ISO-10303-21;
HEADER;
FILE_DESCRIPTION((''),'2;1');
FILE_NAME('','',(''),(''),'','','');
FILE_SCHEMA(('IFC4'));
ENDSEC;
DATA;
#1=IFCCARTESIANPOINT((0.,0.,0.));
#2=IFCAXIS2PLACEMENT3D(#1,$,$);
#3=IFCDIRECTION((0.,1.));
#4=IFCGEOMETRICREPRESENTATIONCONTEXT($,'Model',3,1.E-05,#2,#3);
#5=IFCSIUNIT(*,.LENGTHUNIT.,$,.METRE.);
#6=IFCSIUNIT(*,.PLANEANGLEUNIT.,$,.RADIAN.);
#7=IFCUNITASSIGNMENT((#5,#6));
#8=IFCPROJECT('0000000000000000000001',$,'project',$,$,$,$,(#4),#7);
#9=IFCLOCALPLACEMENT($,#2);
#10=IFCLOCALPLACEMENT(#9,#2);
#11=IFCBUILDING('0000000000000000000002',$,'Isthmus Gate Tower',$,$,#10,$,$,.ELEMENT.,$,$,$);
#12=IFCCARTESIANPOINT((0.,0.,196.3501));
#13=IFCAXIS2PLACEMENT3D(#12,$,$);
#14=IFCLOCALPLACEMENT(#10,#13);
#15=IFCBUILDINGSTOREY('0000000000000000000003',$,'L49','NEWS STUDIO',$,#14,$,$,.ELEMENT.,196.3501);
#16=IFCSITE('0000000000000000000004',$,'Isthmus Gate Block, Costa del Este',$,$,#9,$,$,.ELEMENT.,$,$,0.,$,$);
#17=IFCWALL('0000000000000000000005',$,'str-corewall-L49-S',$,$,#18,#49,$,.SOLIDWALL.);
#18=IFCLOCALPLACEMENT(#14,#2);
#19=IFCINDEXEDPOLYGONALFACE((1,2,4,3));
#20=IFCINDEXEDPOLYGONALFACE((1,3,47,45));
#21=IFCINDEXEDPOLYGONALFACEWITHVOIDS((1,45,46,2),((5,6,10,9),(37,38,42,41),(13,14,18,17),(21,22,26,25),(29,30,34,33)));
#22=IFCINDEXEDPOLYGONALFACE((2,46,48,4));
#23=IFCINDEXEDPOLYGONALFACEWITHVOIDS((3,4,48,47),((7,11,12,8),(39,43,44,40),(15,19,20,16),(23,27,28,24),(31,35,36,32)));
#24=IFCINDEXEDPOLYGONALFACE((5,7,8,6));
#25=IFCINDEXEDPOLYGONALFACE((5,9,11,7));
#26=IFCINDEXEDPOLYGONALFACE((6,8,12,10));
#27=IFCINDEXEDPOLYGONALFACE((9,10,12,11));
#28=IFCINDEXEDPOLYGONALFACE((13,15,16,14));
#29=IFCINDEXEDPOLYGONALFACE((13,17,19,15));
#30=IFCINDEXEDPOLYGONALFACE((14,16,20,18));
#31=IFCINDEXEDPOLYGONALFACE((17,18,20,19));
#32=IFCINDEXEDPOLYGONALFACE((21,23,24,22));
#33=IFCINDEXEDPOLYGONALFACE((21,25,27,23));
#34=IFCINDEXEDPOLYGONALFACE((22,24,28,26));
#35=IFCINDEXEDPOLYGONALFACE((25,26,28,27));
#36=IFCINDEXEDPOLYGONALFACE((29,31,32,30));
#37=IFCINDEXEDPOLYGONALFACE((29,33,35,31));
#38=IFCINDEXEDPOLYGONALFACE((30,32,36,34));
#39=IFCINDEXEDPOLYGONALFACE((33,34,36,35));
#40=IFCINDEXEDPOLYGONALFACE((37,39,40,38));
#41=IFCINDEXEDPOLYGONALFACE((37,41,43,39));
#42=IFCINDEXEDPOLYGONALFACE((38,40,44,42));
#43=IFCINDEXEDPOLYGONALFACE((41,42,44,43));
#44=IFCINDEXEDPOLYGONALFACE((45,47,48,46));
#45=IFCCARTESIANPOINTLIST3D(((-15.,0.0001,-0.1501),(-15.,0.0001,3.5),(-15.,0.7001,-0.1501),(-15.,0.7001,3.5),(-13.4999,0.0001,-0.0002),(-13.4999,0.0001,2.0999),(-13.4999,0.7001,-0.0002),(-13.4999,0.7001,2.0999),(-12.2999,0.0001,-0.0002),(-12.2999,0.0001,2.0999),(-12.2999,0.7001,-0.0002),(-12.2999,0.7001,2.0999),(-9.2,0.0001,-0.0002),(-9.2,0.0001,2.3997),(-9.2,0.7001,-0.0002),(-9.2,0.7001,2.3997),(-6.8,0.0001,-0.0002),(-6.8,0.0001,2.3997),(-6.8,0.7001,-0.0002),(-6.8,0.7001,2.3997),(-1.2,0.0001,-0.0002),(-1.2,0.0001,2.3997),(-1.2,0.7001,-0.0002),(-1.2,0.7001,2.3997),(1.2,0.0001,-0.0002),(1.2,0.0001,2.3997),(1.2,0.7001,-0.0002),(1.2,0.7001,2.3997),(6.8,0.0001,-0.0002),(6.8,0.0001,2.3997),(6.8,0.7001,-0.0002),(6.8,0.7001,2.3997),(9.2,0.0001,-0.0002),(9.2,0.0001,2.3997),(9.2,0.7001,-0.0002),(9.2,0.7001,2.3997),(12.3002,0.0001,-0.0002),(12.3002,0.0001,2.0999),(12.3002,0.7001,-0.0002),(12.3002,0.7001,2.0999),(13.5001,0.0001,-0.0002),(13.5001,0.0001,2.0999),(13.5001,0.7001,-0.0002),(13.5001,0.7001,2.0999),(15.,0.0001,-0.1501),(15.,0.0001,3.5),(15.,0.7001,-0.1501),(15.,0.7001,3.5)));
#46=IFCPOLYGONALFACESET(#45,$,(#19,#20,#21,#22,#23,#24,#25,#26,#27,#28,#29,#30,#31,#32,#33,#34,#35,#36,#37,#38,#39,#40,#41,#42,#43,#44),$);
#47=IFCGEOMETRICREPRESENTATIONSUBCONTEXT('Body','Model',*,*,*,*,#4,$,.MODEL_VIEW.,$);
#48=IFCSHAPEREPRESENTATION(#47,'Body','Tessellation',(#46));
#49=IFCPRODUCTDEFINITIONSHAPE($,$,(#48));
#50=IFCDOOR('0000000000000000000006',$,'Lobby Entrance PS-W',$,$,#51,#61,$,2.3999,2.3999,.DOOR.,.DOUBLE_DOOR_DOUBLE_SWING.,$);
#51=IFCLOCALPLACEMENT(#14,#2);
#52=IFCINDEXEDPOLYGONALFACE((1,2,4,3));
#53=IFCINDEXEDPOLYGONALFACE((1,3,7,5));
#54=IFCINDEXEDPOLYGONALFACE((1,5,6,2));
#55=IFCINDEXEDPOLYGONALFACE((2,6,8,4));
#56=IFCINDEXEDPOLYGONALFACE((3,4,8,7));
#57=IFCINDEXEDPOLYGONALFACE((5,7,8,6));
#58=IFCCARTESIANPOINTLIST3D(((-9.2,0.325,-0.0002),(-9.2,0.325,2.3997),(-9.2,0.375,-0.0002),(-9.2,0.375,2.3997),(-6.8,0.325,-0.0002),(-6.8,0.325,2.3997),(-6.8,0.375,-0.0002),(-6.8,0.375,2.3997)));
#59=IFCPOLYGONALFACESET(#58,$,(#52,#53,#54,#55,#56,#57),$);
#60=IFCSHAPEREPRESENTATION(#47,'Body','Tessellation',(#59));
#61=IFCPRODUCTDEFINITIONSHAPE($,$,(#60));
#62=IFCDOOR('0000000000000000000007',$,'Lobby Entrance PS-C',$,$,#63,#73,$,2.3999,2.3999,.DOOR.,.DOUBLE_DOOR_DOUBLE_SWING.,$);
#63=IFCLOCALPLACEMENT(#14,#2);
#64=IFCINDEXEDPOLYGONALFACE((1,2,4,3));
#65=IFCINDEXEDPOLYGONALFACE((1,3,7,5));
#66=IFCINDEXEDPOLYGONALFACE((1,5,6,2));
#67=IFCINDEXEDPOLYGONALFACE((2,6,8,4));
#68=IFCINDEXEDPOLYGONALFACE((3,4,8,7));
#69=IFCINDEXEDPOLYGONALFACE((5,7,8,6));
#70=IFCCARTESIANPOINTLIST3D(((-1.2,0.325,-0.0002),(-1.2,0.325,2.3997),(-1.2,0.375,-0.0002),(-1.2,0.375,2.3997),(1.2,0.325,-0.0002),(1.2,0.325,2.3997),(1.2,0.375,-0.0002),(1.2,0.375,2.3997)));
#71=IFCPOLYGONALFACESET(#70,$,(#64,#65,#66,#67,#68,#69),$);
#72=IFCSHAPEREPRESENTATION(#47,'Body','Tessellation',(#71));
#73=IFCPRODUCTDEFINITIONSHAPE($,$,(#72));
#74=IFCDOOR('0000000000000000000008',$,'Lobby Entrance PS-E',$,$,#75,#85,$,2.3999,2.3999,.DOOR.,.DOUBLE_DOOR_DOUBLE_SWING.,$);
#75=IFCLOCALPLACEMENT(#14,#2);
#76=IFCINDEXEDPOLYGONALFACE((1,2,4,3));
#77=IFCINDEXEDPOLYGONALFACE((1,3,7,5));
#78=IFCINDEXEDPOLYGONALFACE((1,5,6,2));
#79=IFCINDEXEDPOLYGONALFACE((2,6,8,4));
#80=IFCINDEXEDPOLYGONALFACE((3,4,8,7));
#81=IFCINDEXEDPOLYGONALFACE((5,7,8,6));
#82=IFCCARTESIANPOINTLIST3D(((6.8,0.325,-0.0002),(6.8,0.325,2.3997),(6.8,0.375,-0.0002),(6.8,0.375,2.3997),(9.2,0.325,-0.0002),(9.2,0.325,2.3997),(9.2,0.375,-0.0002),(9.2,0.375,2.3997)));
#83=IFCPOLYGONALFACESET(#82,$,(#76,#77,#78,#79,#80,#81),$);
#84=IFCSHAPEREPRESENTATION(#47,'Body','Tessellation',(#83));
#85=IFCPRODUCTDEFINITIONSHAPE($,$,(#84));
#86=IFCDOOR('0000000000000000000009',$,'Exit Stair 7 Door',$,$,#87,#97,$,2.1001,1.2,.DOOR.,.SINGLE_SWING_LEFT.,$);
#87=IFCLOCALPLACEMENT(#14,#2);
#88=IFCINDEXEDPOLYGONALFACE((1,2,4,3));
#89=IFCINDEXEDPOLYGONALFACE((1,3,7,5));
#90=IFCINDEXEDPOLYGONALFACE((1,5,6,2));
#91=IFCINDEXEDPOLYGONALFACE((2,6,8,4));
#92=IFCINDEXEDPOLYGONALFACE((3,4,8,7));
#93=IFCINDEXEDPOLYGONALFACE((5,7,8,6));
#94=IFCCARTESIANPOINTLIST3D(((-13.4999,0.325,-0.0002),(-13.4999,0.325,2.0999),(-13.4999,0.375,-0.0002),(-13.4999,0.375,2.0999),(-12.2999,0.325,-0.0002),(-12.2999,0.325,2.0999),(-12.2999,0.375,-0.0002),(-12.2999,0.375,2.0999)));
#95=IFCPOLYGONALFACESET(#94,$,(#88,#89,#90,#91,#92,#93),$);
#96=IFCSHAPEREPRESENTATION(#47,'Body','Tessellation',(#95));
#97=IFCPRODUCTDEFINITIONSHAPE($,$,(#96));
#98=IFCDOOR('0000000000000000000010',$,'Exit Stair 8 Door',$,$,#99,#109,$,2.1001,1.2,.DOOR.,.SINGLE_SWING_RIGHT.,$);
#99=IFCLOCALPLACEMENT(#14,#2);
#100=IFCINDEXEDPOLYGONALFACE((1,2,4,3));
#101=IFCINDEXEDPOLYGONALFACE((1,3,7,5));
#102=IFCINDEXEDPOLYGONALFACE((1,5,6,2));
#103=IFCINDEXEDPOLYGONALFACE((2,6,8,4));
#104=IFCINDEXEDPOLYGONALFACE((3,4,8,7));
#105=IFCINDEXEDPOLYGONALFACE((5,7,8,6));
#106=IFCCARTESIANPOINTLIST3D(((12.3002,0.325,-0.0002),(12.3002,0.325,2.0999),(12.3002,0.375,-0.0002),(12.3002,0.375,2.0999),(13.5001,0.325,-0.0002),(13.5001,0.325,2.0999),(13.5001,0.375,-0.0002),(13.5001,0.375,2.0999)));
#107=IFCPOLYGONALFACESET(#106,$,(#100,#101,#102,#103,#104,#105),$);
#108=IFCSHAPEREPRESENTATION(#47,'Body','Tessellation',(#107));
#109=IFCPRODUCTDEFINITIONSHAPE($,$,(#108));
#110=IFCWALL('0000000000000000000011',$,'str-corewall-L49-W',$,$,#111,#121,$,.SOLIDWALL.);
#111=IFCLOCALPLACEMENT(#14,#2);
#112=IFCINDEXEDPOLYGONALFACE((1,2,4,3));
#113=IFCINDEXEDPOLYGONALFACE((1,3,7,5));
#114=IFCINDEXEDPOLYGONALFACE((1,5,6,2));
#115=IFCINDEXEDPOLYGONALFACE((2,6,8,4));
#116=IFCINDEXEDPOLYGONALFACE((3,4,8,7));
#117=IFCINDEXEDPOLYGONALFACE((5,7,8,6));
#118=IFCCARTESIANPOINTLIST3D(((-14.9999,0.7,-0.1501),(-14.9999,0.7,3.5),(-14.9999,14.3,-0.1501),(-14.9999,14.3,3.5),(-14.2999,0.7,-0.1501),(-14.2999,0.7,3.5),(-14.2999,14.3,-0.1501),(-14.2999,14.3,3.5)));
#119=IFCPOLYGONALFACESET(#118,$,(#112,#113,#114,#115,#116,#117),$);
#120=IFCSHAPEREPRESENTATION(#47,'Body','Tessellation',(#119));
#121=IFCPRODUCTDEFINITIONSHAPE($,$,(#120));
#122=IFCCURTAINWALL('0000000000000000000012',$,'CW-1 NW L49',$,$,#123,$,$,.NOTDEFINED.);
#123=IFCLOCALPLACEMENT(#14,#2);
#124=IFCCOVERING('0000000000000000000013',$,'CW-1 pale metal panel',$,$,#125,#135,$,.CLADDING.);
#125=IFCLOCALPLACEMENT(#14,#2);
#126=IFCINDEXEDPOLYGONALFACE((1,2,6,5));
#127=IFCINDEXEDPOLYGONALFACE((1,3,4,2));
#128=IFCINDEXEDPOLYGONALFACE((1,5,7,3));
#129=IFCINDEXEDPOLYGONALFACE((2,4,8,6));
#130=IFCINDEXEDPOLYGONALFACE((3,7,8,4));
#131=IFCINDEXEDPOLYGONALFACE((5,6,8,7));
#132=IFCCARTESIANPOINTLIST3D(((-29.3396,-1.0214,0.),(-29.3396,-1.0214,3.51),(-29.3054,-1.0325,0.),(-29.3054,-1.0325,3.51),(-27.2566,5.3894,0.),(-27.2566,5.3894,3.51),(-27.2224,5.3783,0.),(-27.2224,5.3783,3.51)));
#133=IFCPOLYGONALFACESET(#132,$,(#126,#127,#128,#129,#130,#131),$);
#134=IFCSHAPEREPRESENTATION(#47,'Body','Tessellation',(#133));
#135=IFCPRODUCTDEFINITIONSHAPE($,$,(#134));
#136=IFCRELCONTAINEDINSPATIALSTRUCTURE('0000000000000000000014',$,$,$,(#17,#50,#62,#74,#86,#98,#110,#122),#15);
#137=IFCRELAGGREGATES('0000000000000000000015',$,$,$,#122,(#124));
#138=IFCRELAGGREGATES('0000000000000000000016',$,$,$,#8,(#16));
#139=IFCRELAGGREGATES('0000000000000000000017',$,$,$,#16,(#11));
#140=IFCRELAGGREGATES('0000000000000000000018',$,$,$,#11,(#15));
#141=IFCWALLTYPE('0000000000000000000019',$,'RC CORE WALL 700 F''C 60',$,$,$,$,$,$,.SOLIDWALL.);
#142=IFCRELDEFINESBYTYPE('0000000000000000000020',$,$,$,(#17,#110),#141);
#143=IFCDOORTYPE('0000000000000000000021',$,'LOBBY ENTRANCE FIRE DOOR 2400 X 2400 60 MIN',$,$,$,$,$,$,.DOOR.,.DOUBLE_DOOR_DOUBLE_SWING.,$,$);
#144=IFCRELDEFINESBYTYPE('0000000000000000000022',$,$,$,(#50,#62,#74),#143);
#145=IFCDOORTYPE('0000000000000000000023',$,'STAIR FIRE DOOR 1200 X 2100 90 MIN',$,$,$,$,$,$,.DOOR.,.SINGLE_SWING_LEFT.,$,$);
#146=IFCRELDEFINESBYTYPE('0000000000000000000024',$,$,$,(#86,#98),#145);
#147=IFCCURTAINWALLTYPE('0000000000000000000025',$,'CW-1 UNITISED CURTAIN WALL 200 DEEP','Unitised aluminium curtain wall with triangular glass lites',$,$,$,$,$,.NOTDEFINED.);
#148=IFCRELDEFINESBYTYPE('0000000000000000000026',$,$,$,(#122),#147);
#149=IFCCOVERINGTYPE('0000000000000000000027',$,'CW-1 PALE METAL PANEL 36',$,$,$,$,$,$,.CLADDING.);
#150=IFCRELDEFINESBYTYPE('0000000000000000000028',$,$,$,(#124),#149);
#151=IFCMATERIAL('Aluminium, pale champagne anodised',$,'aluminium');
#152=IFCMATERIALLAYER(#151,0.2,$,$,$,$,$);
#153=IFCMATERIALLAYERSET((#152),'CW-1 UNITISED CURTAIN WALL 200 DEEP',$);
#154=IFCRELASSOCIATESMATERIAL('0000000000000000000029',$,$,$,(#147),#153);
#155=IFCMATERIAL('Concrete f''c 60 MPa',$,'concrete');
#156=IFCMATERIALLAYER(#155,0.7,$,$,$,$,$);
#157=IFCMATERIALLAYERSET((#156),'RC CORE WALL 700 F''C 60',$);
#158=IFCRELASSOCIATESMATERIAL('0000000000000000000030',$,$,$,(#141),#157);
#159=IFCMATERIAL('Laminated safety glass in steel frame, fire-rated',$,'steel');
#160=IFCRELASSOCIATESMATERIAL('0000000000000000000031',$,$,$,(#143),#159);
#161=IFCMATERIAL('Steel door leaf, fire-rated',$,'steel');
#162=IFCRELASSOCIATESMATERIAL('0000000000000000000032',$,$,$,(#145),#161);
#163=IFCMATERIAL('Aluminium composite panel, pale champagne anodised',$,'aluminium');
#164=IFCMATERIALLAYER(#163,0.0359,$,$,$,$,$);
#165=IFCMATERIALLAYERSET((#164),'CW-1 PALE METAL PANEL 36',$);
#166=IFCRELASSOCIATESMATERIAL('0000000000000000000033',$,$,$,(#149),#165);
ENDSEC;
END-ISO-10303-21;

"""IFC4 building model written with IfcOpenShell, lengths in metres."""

from ifc_helpers import new_model, si_unit, direction, frame, frame_2d, origin, origin_2d, place, context, subcontext, project, spatial, rectangle, extrude, material, layer, layer_set, type_object, element, fill, aggregate, save


model = new_model("IFC4")

# Units and contexts
model_context = context("Model", 3, precision=1e-05, world=origin(), true_north=direction((0.0, 1.0)))
body_context = subcontext(model_context, "Body", "Model", "MODEL_VIEW")
ifc_project = project(units=[si_unit("LENGTHUNIT", "METRE"), si_unit("PLANEANGLEUNIT", "RADIAN")], contexts=[model_context])

# Site, building, storey
site_placement = place(None, origin())
site = spatial("IfcSite", under=ifc_project, at=site_placement, Name="Isthmus Gate Block, Costa del Este", CompositionType="ELEMENT", RefElevation=0.0)
building_placement = place(site_placement, origin())
building = spatial("IfcBuilding", under=site, at=building_placement, Name="Isthmus Gate Tower", CompositionType="ELEMENT")
storey_placement = place(building_placement, frame((0.0, 0.0, 196.3501)))
storey = spatial("IfcBuildingStorey", under=building, at=storey_placement, Name="L49", Description="NEWS STUDIO", CompositionType="ELEMENT", Elevation=196.3501)

# Shared definitions
ifc_material_1 = material(Name="Aluminium, pale champagne anodised", Category="aluminium")
ifc_layer_1 = layer(ifc_material_1, 0.2)
ifc_layer_set_1 = layer_set([ifc_layer_1], Name="CW-1 UNITISED CURTAIN WALL 200 DEEP")
curtain_wall_type = type_object("IfcCurtainWallType", Name="CW-1 UNITISED CURTAIN WALL 200 DEEP", Description="Unitised aluminium curtain wall with triangular glass lites", PredefinedType="NOTDEFINED", material=ifc_layer_set_1)

# Wall, openings, doors
ifc_material_2 = material(Name="Concrete f'c 60 MPa", Category="concrete")
ifc_layer_2 = layer(ifc_material_2, 0.7)
ifc_layer_set_2 = layer_set([ifc_layer_2], Name="RC CORE WALL 700 F'C 60")
wall_type_1 = type_object("IfcWallType", Name="RC CORE WALL 700 F'C 60", PredefinedType="SOLIDWALL", material=ifc_layer_set_2)
wall_1_placement = place(storey_placement, frame((-15.0, 0.3501, -0.1501), z_axis=(0.0, 0.0, 1.0), x_axis=(1.0, 0.0, 0.0)))
wall_1 = element("IfcWall", 1, at=wall_1_placement, inside=storey, type_object=wall_type_1, Name="str-corewall-L49-S", PredefinedType="SOLIDWALL", context=body_context, shape_type="SweptSolid", body=[
    extrude(rectangle(XDim=30.0, YDim=0.7, at=frame_2d((15.0, 0.0))), origin(), (0.0, 0.0, 1.0), 3.6501),
])
opening_1_placement = place(wall_1_placement, frame((5.8, 0.0, 0.1499)))
opening_1 = element("IfcOpeningElement", 2, at=opening_1_placement, cuts=wall_1, PredefinedType="OPENING", context=body_context, shape_type="SweptSolid", body=[
    extrude(rectangle(XDim=2.3999, YDim=2.3999, at=frame_2d((1.2, 1.2))), frame((0.0, 0.3599, 0.0), z_axis=(0.0, -1.0, 0.0), x_axis=(1.0, 0.0, 0.0)), (0.0, 0.0, 1.0), 0.72),
])
opening_2_placement = place(wall_1_placement, frame((13.8, 0.0, 0.1499)))
opening_2 = element("IfcOpeningElement", 3, at=opening_2_placement, cuts=wall_1, PredefinedType="OPENING", context=body_context, shape_type="SweptSolid", body=[
    extrude(rectangle(XDim=2.3999, YDim=2.3999, at=frame_2d((1.2, 1.2))), frame((0.0, 0.3599, 0.0), z_axis=(0.0, -1.0, 0.0), x_axis=(1.0, 0.0, 0.0)), (0.0, 0.0, 1.0), 0.72),
])
opening_3_placement = place(wall_1_placement, frame((21.8, 0.0, 0.1499)))
opening_3 = element("IfcOpeningElement", 4, at=opening_3_placement, cuts=wall_1, PredefinedType="OPENING", context=body_context, shape_type="SweptSolid", body=[
    extrude(rectangle(XDim=2.3999, YDim=2.3999, at=frame_2d((1.2, 1.2))), frame((0.0, 0.3599, 0.0), z_axis=(0.0, -1.0, 0.0), x_axis=(1.0, 0.0, 0.0)), (0.0, 0.0, 1.0), 0.72),
])
opening_4_placement = place(wall_1_placement, frame((1.5, 0.0, 0.1499)))
opening_4 = element("IfcOpeningElement", 5, at=opening_4_placement, cuts=wall_1, PredefinedType="OPENING", context=body_context, shape_type="SweptSolid", body=[
    extrude(rectangle(XDim=1.2, YDim=2.1001, at=frame_2d((0.6001, 1.05))), frame((0.0, 0.3599, 0.0), z_axis=(0.0, -1.0, 0.0), x_axis=(1.0, 0.0, 0.0)), (0.0, 0.0, 1.0), 0.72),
])
opening_5_placement = place(wall_1_placement, frame((27.3, 0.0, 0.1499)))
opening_5 = element("IfcOpeningElement", 6, at=opening_5_placement, cuts=wall_1, PredefinedType="OPENING", context=body_context, shape_type="SweptSolid", body=[
    extrude(rectangle(XDim=1.2, YDim=2.1001, at=frame_2d((0.6001, 1.05))), frame((0.0, 0.3599, 0.0), z_axis=(0.0, -1.0, 0.0), x_axis=(1.0, 0.0, 0.0)), (0.0, 0.0, 1.0), 0.72),
])
ifc_material_3 = material(Name="Laminated safety glass in steel frame, fire-rated", Category="steel")
door_type_1 = type_object("IfcDoorType", Name="LOBBY ENTRANCE FIRE DOOR 2400 X 2400 60 MIN", OperationType="DOUBLE_DOOR_DOUBLE_SWING", PredefinedType="DOOR", material=ifc_material_3)
door_1_placement = place(opening_1_placement, origin())
door_1 = element("IfcDoor", 7, at=door_1_placement, inside=storey, type_object=door_type_1, Name="Lobby Entrance PS-W", OperationType="DOUBLE_DOOR_DOUBLE_SWING", OverallHeight=2.3999, OverallWidth=2.3999, PredefinedType="DOOR", context=body_context, shape_type="SweptSolid", body=[
    extrude(rectangle(XDim=2.3999, YDim=2.3999, at=frame_2d((1.2, 1.2))), frame((0.0, 0.0249, 0.0), z_axis=(0.0, -1.0, 0.0), x_axis=(1.0, 0.0, 0.0)), (0.0, 0.0, 1.0), 0.05),
])
fill(opening_1, door_1)
door_2_placement = place(opening_2_placement, origin())
door_2 = element("IfcDoor", 8, at=door_2_placement, inside=storey, type_object=door_type_1, Name="Lobby Entrance PS-C", OperationType="DOUBLE_DOOR_DOUBLE_SWING", OverallHeight=2.3999, OverallWidth=2.3999, PredefinedType="DOOR", context=body_context, shape_type="SweptSolid", body=[
    extrude(rectangle(XDim=2.3999, YDim=2.3999, at=frame_2d((1.2, 1.2))), frame((0.0, 0.0249, 0.0), z_axis=(0.0, -1.0, 0.0), x_axis=(1.0, 0.0, 0.0)), (0.0, 0.0, 1.0), 0.05),
])
fill(opening_2, door_2)
door_3_placement = place(opening_3_placement, origin())
door_3 = element("IfcDoor", 9, at=door_3_placement, inside=storey, type_object=door_type_1, Name="Lobby Entrance PS-E", OperationType="DOUBLE_DOOR_DOUBLE_SWING", OverallHeight=2.3999, OverallWidth=2.3999, PredefinedType="DOOR", context=body_context, shape_type="SweptSolid", body=[
    extrude(rectangle(XDim=2.3999, YDim=2.3999, at=frame_2d((1.2, 1.2))), frame((0.0, 0.0249, 0.0), z_axis=(0.0, -1.0, 0.0), x_axis=(1.0, 0.0, 0.0)), (0.0, 0.0, 1.0), 0.05),
])
fill(opening_3, door_3)
ifc_material_4 = material(Name="Steel door leaf, fire-rated", Category="steel")
door_type_2 = type_object("IfcDoorType", Name="STAIR FIRE DOOR 1200 X 2100 90 MIN", OperationType="SINGLE_SWING_LEFT", PredefinedType="DOOR", material=ifc_material_4)
door_4_placement = place(opening_4_placement, origin())
door_4 = element("IfcDoor", 10, at=door_4_placement, inside=storey, type_object=door_type_2, Name="Exit Stair 7 Door", OperationType="SINGLE_SWING_LEFT", OverallHeight=2.1001, OverallWidth=1.2, PredefinedType="DOOR", context=body_context, shape_type="SweptSolid", body=[
    extrude(rectangle(XDim=1.2, YDim=2.1001, at=frame_2d((0.6001, 1.05))), frame((0.0, 0.0249, 0.0), z_axis=(0.0, -1.0, 0.0), x_axis=(1.0, 0.0, 0.0)), (0.0, 0.0, 1.0), 0.05),
])
fill(opening_4, door_4)
door_5_placement = place(opening_5_placement, origin())
door_5 = element("IfcDoor", 11, at=door_5_placement, inside=storey, type_object=door_type_2, Name="Exit Stair 8 Door", OperationType="SINGLE_SWING_RIGHT", OverallHeight=2.1001, OverallWidth=1.2, PredefinedType="DOOR", context=body_context, shape_type="SweptSolid", body=[
    extrude(rectangle(XDim=1.2, YDim=2.1001, at=frame_2d((0.6001, 1.05))), frame((0.0, 0.0249, 0.0), z_axis=(0.0, -1.0, 0.0), x_axis=(1.0, 0.0, 0.0)), (0.0, 0.0, 1.0), 0.05),
])
fill(opening_5, door_5)

# Wall
wall_2_placement = place(storey_placement, frame((-14.6499, 0.7, -0.1501), z_axis=(0.0, 0.0, 1.0), x_axis=(0.0, 1.0, 0.0)))
element("IfcWall", 12, at=wall_2_placement, inside=storey, type_object=wall_type_1, Name="str-corewall-L49-W", PredefinedType="SOLIDWALL", context=body_context, shape_type="SweptSolid", body=[
    extrude(rectangle(XDim=13.6001, YDim=0.7, at=frame_2d((6.8, 0.0))), origin(), (0.0, 0.0, 1.0), 3.6501),
])

# Curtain wall, covering
curtain_wall_1_placement = place(storey_placement, origin())
curtain_wall_1 = element("IfcCurtainWall", 13, at=curtain_wall_1_placement, inside=storey, type_object=curtain_wall_type, Name="CW-1 NW L49", PredefinedType="NOTDEFINED")
ifc_material_5 = material(Name="Aluminium composite panel, pale champagne anodised", Category="aluminium")
ifc_layer_3 = layer(ifc_material_5, 0.0359)
ifc_layer_set_3 = layer_set([ifc_layer_3], Name="CW-1 PALE METAL PANEL 36")
covering_type = type_object("IfcCoveringType", Name="CW-1 PALE METAL PANEL 36", PredefinedType="CLADDING", material=ifc_layer_set_3)
covering_placement = place(storey_placement, frame((-28.281, 2.1785, 0.0), z_axis=(0.0, 0.0, 1.0), x_axis=(-0.309017, -0.951057, 0.0)))
covering = element("IfcCovering", 14, at=covering_placement, type_object=covering_type, Name="CW-1 pale metal panel", PredefinedType="CLADDING", context=body_context, shape_type="SweptSolid", body=[
    extrude(rectangle(XDim=6.7407, YDim=0.0359, at=origin_2d()), origin(), (0.0, 0.0, 1.0), 3.51),
])
aggregate(curtain_wall_1, [covering])

save(model, "model.ifc")
